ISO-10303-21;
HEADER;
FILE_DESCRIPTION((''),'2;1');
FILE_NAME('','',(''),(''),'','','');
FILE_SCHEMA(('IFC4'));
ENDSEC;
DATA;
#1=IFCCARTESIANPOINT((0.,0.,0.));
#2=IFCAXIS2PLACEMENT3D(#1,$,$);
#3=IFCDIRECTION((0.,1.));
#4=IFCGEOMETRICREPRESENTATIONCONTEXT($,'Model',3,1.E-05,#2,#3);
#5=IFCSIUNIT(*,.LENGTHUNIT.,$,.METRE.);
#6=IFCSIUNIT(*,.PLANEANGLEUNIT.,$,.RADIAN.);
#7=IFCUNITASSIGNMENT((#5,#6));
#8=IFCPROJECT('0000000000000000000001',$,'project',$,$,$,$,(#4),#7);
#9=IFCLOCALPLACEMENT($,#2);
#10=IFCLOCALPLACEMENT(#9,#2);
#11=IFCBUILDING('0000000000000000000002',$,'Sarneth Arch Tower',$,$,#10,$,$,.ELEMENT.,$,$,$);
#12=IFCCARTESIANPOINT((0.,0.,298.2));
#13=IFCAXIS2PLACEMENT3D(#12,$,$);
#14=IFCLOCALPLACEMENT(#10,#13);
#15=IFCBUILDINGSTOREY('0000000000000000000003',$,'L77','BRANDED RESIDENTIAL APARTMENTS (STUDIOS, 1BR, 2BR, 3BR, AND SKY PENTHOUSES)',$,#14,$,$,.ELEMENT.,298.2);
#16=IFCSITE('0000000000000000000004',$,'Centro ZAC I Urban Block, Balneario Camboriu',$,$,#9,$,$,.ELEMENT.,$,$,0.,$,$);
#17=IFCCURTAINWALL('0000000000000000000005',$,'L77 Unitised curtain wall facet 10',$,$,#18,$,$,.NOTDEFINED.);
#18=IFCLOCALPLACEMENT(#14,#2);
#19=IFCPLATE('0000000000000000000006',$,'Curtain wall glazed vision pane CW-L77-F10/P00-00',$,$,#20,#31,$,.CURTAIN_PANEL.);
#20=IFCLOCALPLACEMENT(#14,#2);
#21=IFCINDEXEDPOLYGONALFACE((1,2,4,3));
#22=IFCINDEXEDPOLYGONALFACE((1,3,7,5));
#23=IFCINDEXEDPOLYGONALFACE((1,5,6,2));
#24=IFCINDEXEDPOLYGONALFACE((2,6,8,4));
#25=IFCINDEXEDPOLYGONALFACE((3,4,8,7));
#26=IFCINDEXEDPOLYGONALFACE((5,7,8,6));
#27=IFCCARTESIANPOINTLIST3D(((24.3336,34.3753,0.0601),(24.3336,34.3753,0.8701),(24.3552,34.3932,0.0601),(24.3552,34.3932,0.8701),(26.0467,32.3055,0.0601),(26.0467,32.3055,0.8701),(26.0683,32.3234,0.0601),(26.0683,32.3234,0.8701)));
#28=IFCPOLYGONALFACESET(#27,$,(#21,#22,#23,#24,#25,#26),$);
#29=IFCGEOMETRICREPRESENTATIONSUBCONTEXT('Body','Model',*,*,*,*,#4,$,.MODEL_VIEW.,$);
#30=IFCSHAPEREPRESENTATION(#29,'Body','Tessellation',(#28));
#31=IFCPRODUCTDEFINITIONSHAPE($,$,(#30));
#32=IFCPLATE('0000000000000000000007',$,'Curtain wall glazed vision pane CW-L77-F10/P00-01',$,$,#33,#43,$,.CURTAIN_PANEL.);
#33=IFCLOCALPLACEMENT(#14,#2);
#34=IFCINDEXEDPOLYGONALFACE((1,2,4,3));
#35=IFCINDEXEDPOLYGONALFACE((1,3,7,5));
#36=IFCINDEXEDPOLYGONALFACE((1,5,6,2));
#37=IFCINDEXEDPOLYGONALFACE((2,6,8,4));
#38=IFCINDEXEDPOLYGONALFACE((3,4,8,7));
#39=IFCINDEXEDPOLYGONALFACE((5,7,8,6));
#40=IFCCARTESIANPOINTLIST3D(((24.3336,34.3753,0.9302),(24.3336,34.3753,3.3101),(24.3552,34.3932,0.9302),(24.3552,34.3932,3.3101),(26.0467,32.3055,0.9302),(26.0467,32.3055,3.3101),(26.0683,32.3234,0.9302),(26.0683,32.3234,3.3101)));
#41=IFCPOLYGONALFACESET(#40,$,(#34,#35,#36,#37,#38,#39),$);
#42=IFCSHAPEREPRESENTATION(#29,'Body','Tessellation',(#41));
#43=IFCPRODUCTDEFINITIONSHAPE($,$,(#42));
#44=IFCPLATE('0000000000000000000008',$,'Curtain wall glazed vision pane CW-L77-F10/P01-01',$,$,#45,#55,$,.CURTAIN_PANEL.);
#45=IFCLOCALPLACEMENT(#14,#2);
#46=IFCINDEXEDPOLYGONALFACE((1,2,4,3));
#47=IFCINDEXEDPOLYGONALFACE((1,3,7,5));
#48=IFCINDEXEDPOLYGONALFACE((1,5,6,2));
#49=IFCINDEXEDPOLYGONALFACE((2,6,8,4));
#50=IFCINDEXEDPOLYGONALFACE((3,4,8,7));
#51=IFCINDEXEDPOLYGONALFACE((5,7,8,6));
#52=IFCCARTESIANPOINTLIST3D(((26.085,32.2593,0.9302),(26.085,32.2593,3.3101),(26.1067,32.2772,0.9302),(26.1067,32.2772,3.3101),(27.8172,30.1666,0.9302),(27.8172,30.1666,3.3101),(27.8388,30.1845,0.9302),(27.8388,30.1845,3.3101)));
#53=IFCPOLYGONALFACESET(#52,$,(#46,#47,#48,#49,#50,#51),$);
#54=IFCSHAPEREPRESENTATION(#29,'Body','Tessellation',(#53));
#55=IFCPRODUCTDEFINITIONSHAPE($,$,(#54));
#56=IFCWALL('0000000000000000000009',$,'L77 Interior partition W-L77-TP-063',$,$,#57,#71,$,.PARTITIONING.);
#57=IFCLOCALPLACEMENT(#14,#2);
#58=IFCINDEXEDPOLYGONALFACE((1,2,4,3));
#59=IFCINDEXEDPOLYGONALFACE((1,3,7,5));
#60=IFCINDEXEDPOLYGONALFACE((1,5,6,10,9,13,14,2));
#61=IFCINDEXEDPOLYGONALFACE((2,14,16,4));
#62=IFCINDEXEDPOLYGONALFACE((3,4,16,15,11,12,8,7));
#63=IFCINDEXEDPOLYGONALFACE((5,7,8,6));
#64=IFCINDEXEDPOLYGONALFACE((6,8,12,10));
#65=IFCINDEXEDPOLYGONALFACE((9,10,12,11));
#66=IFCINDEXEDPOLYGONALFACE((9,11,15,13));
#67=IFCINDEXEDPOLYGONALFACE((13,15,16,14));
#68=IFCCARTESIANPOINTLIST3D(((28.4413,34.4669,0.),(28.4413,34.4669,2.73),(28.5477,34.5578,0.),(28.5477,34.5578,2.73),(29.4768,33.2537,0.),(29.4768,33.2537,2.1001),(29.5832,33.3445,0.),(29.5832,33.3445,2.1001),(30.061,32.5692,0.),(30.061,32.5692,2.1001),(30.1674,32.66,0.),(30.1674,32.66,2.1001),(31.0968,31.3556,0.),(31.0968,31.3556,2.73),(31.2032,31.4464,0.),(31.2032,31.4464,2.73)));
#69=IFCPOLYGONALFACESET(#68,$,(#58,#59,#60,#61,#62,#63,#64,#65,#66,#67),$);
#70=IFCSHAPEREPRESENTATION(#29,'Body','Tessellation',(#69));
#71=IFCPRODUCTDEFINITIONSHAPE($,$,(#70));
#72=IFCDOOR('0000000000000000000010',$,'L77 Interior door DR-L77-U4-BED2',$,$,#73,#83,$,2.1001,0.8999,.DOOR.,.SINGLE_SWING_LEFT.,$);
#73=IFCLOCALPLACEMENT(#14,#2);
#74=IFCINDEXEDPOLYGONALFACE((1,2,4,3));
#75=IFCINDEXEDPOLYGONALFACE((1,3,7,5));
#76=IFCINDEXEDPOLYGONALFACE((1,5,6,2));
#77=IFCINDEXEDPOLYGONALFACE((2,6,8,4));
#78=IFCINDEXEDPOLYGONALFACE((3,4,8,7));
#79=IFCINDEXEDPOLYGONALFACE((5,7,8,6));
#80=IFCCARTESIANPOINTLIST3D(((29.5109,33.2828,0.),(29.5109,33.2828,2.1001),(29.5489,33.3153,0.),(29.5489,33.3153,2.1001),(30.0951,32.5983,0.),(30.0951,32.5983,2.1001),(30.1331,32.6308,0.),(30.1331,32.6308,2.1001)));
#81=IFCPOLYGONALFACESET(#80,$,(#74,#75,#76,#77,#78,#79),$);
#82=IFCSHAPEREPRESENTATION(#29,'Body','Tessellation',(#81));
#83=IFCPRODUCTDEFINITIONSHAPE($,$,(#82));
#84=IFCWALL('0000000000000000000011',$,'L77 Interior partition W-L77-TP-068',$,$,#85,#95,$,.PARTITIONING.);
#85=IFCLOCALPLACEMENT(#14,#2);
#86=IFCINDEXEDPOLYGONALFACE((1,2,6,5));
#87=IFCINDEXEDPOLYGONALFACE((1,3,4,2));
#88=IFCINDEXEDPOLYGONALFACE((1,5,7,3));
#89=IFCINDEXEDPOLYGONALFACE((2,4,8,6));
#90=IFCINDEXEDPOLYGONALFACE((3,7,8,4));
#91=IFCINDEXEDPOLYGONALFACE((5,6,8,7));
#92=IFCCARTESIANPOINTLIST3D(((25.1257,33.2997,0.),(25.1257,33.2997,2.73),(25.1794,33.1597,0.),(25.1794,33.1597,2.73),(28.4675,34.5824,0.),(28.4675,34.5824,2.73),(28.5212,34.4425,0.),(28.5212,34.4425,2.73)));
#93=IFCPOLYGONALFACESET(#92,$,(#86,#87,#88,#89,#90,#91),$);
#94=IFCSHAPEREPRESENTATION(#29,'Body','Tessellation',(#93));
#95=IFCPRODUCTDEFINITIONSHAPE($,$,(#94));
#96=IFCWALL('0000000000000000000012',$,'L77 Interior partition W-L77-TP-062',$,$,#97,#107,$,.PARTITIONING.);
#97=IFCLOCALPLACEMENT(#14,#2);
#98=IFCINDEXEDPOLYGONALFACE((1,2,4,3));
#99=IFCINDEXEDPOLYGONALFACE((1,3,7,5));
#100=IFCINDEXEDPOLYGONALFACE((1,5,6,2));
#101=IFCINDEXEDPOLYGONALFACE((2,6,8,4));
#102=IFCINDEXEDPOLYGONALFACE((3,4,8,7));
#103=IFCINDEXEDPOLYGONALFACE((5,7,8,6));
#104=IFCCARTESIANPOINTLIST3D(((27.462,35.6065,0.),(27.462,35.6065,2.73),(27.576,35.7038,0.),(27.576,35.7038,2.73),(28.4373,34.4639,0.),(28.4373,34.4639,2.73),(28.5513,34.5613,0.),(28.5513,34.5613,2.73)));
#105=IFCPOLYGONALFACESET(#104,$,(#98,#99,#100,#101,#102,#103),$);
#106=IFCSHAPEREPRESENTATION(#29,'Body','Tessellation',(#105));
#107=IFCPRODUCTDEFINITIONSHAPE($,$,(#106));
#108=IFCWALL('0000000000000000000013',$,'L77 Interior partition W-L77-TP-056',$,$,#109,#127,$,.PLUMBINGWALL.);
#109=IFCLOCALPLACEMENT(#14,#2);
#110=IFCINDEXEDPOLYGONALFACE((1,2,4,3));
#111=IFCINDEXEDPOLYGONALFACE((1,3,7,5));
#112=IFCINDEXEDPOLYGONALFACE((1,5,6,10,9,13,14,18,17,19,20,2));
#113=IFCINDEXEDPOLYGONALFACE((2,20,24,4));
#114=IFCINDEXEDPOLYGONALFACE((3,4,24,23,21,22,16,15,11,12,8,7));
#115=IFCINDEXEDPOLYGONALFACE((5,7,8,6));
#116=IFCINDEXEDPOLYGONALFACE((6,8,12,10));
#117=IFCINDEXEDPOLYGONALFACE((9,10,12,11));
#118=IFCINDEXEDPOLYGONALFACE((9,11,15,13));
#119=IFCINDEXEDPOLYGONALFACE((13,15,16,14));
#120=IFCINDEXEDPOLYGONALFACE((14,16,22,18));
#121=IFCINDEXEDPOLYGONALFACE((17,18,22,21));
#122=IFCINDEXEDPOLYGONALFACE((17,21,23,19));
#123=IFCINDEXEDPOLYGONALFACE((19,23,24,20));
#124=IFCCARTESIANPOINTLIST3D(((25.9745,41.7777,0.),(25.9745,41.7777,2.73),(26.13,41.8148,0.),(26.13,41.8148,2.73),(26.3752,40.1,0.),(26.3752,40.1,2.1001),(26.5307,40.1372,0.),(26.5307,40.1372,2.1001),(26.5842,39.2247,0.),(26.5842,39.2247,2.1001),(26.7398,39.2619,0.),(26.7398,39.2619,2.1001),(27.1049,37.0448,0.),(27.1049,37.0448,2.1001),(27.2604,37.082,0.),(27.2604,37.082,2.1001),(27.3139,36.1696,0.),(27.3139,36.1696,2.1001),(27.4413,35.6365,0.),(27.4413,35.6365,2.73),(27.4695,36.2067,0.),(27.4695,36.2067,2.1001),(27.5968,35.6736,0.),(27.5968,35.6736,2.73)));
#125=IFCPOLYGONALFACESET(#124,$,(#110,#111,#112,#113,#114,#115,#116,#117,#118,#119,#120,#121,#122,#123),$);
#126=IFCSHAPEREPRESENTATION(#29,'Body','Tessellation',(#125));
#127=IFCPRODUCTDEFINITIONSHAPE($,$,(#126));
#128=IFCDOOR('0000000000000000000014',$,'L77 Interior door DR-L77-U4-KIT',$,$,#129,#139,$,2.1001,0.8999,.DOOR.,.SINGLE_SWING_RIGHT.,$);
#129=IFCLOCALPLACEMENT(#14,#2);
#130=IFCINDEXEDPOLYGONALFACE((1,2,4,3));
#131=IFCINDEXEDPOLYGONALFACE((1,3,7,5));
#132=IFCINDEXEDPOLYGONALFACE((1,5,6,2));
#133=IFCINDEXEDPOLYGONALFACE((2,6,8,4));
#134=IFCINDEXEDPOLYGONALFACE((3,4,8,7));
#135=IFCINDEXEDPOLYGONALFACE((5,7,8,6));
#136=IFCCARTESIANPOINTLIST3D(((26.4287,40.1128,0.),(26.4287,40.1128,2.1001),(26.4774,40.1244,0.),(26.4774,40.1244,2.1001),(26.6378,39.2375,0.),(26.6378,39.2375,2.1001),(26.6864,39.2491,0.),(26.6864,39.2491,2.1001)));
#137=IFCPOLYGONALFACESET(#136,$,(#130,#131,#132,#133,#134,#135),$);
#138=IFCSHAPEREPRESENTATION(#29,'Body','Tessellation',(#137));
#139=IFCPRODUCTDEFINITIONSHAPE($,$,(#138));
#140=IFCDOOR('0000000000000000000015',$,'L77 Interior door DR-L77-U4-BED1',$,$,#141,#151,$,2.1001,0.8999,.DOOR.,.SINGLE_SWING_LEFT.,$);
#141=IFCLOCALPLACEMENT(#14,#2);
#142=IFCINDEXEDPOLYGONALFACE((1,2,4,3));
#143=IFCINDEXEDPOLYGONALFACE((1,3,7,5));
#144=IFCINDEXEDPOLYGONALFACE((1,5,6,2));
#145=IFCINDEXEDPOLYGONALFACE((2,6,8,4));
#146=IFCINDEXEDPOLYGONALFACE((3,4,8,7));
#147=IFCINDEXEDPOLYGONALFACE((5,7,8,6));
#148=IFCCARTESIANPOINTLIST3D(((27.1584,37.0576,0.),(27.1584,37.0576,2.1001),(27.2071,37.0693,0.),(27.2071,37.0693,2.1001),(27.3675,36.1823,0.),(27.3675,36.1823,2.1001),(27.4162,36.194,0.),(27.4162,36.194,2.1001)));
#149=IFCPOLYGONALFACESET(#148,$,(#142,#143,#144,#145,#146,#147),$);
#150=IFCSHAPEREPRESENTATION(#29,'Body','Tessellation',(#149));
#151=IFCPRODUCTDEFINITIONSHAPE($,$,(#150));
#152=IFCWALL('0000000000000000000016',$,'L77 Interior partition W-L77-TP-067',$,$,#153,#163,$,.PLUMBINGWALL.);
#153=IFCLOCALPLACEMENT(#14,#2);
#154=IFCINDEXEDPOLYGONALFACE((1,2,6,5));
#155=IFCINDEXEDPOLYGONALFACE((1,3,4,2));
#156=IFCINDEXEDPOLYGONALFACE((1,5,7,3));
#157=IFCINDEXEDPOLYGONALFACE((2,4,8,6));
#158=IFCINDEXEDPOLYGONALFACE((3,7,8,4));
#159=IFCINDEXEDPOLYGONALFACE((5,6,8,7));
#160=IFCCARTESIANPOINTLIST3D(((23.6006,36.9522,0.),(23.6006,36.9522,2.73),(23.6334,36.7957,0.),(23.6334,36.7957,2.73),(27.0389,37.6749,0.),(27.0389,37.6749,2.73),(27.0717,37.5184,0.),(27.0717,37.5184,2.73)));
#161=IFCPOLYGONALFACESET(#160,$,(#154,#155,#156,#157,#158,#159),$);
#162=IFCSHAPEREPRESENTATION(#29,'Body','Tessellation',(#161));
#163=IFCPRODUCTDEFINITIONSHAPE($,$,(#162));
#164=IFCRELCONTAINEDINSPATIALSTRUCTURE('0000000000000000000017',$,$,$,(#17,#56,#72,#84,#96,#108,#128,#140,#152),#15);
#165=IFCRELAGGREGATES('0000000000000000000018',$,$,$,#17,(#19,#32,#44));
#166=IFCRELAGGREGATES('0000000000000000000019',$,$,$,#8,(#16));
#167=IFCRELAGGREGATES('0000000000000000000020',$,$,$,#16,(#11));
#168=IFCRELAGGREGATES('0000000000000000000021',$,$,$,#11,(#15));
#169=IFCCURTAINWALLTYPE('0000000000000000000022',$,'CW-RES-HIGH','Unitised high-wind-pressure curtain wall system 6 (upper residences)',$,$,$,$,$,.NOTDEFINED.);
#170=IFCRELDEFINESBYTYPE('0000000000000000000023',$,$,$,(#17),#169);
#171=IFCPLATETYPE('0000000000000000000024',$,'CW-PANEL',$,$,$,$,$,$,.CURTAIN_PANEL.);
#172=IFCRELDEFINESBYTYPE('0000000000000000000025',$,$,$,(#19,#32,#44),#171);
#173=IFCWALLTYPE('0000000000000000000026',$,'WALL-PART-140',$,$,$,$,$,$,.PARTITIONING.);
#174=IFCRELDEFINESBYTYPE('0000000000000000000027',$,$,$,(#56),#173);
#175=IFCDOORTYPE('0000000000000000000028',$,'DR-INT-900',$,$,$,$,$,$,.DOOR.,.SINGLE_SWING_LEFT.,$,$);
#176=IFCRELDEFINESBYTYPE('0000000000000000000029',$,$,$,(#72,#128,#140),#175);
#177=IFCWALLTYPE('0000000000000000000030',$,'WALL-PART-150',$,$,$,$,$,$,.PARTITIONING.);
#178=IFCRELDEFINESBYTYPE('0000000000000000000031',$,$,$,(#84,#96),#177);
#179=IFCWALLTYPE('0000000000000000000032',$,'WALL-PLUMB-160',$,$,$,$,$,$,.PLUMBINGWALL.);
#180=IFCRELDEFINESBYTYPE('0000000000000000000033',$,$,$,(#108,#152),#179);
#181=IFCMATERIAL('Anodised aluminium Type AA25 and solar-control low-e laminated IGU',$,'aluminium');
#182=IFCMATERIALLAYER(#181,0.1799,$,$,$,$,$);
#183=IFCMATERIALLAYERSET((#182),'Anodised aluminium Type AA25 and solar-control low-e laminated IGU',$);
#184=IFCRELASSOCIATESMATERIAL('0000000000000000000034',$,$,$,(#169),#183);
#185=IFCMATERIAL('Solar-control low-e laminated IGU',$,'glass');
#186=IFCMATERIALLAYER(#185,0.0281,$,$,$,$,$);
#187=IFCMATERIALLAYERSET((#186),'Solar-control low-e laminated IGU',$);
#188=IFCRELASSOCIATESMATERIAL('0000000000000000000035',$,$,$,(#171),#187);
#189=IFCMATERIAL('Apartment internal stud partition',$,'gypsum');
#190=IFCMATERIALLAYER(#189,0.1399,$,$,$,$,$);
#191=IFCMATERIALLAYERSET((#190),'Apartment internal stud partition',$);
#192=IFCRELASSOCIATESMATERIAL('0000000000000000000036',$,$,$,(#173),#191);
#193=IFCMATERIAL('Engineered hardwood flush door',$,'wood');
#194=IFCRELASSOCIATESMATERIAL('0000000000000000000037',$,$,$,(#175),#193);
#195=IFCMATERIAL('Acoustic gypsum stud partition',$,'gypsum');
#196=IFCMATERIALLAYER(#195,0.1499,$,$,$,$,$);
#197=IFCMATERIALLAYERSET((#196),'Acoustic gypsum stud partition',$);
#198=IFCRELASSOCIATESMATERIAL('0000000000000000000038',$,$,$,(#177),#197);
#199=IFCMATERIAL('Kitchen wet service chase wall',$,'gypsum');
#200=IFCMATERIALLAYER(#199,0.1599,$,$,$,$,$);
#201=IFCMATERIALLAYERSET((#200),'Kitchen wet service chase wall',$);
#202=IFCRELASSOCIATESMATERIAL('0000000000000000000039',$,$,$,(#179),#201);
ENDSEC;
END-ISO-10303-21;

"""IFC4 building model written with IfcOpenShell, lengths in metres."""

from ifc_helpers import new_model, si_unit, direction, frame, frame_2d, origin, origin_2d, place, context, subcontext, project, spatial, rectangle, extrude, material, layer, layer_set, type_object, element, fill, aggregate, save


model = new_model("IFC4")

# Units and contexts
model_context = context("Model", 3, precision=1e-05, world=origin(), true_north=direction((0.0, 1.0)))
body_context = subcontext(model_context, "Body", "Model", "MODEL_VIEW")
ifc_project = project(units=[si_unit("LENGTHUNIT", "METRE"), si_unit("PLANEANGLEUNIT", "RADIAN")], contexts=[model_context])

# Site, building, storey
site_placement = place(None, origin())
site = spatial("IfcSite", under=ifc_project, at=site_placement, Name="Centro ZAC I Urban Block, Balneario Camboriu", CompositionType="ELEMENT", RefElevation=0.0)
building_placement = place(site_placement, origin())
building = spatial("IfcBuilding", under=site, at=building_placement, Name="Sarneth Arch Tower", CompositionType="ELEMENT")
storey_placement = place(building_placement, frame((0.0, 0.0, 298.2)))
storey = spatial("IfcBuildingStorey", under=building, at=storey_placement, Name="L77", Description="BRANDED RESIDENTIAL APARTMENTS (STUDIOS, 1BR, 2BR, 3BR, AND SKY PENTHOUSES)", CompositionType="ELEMENT", Elevation=298.2)

# Curtain wall, plates
ifc_material_1 = material(Name="Anodised aluminium Type AA25 and solar-control low-e laminated IGU", Category="aluminium")
ifc_layer_1 = layer(ifc_material_1, 0.1799)
ifc_layer_set_1 = layer_set([ifc_layer_1], Name="Anodised aluminium Type AA25 and solar-control low-e laminated IGU")
curtain_wall_type = type_object("IfcCurtainWallType", Name="CW-RES-HIGH", Description="Unitised high-wind-pressure curtain wall system 6 (upper residences)", PredefinedType="NOTDEFINED", material=ifc_layer_set_1)
curtain_wall_placement = place(storey_placement, origin())
curtain_wall = element("IfcCurtainWall", 1, at=curtain_wall_placement, inside=storey, type_object=curtain_wall_type, Name="L77 Unitised curtain wall facet 10", PredefinedType="NOTDEFINED")
ifc_material_2 = material(Name="Solar-control low-e laminated IGU", Category="glass")
ifc_layer_2 = layer(ifc_material_2, 0.0281)
ifc_layer_set_2 = layer_set([ifc_layer_2], Name="Solar-control low-e laminated IGU")
plate_type = type_object("IfcPlateType", Name="CW-PANEL", PredefinedType="CURTAIN_PANEL", material=ifc_layer_set_2)
plate_1_placement = place(storey_placement, frame((25.2009, 33.3494, 0.0601), z_axis=(0.0, 0.0, 1.0), x_axis=(0.63761, -0.770359, 0.0)))
plate_1 = element("IfcPlate", 2, at=plate_1_placement, type_object=plate_type, Name="Curtain wall glazed vision pane CW-L77-F10/P00-00", PredefinedType="CURTAIN_PANEL", context=body_context, shape_type="SweptSolid", body=[
    extrude(rectangle(XDim=2.6868, YDim=0.0281, at=origin_2d()), origin(), (0.0, 0.0, 1.0), 0.8101),
])
plate_2_placement = place(storey_placement, frame((25.2009, 33.3494, 0.9302), z_axis=(0.0, 0.0, 1.0), x_axis=(0.63761, -0.770359, 0.0)))
plate_2 = element("IfcPlate", 3, at=plate_2_placement, type_object=plate_type, Name="Curtain wall glazed vision pane CW-L77-F10/P00-01", PredefinedType="CURTAIN_PANEL", context=body_context, shape_type="SweptSolid", body=[
    extrude(rectangle(XDim=2.6868, YDim=0.0281, at=origin_2d()), origin(), (0.0, 0.0, 1.0), 2.3799),
])
plate_3_placement = place(storey_placement, frame((26.9619, 31.2219, 0.9302), z_axis=(0.0, 0.0, 1.0), x_axis=(0.63761, -0.770359, 0.0)))
plate_3 = element("IfcPlate", 4, at=plate_3_placement, type_object=plate_type, Name="Curtain wall glazed vision pane CW-L77-F10/P01-01", PredefinedType="CURTAIN_PANEL", context=body_context, shape_type="SweptSolid", body=[
    extrude(rectangle(XDim=2.7166, YDim=0.0281, at=origin_2d()), origin(), (0.0, 0.0, 1.0), 2.3799),
])
aggregate(curtain_wall, [plate_1, plate_2, plate_3])

# Wall, opening, door
ifc_material_3 = material(Name="Apartment internal stud partition", Category="gypsum")
ifc_layer_3 = layer(ifc_material_3, 0.1399)
ifc_layer_set_3 = layer_set([ifc_layer_3], Name="Apartment internal stud partition")
wall_type_1 = type_object("IfcWallType", Name="WALL-PART-140", PredefinedType="PARTITIONING", material=ifc_layer_set_3)
wall_1_placement = place(storey_placement, frame((28.4944, 34.5125, 0.0), z_axis=(0.0, 0.0, 1.0), x_axis=(0.649192, -0.760624, 0.0)))
wall_1 = element("IfcWall", 5, at=wall_1_placement, inside=storey, type_object=wall_type_1, Name="L77 Interior partition W-L77-TP-063", PredefinedType="PARTITIONING", context=body_context, shape_type="SweptSolid", body=[
    extrude(rectangle(XDim=4.0906, YDim=0.1399, at=frame_2d((2.0454, 0.0))), origin(), (0.0, 0.0, 1.0), 2.73),
])
opening_1_placement = place(wall_1_placement, frame((1.5952, 0.0, 0.0)))
opening_1 = element("IfcOpeningElement", 6, at=opening_1_placement, cuts=wall_1, PredefinedType="OPENING", context=body_context, shape_type="SweptSolid", body=[
    extrude(rectangle(XDim=0.8999, YDim=2.1001, at=frame_2d((0.45, 1.05))), frame((0.0, 0.0798, 0.0), z_axis=(0.0, -1.0, 0.0), x_axis=(1.0, 0.0, 0.0)), (0.0, 0.0, 1.0), 0.1599),
])
ifc_material_4 = material(Name="Engineered hardwood flush door", Category="wood")
door_type = type_object("IfcDoorType", Name="DR-INT-900", OperationType="SINGLE_SWING_LEFT", PredefinedType="DOOR", material=ifc_material_4)
door_1_placement = place(opening_1_placement, origin())
door_1 = element("IfcDoor", 7, at=door_1_placement, inside=storey, type_object=door_type, Name="L77 Interior door DR-L77-U4-BED2", OperationType="SINGLE_SWING_LEFT", OverallHeight=2.1001, OverallWidth=0.8999, PredefinedType="DOOR", context=body_context, shape_type="SweptSolid", body=[
    extrude(rectangle(XDim=0.8999, YDim=2.1001, at=frame_2d((0.45, 1.05))), frame((0.0, 0.0249, 0.0), z_axis=(0.0, -1.0, 0.0), x_axis=(1.0, 0.0, 0.0)), (0.0, 0.0, 1.0), 0.05),
])
fill(opening_1, door_1)

# Walls
ifc_material_5 = material(Name="Acoustic gypsum stud partition", Category="gypsum")
ifc_layer_4 = layer(ifc_material_5, 0.1499)
ifc_layer_set_4 = layer_set([ifc_layer_4], Name="Acoustic gypsum stud partition")
wall_type_2 = type_object("IfcWallType", Name="WALL-PART-150", PredefinedType="PARTITIONING", material=ifc_layer_set_4)
wall_2_placement = place(storey_placement, frame((28.4944, 34.5125, 0.0), z_axis=(0.0, 0.0, 1.0), x_axis=(-0.933588, -0.358348, 0.0)))
element("IfcWall", 8, at=wall_2_placement, inside=storey, type_object=wall_type_2, Name="L77 Interior partition W-L77-TP-068", PredefinedType="PARTITIONING", context=body_context, shape_type="SweptSolid", body=[
    extrude(rectangle(XDim=3.5796, YDim=0.1499, at=frame_2d((1.7898, 0.0))), origin(), (0.0, 0.0, 1.0), 2.73),
])
wall_3_placement = place(storey_placement, frame((27.519, 35.655, 0.0), z_axis=(0.0, 0.0, 1.0), x_axis=(0.649251, -0.760574, 0.0)))
element("IfcWall", 9, at=wall_3_placement, inside=storey, type_object=wall_type_2, Name="L77 Interior partition W-L77-TP-062", PredefinedType="PARTITIONING", context=body_context, shape_type="SweptSolid", body=[
    extrude(rectangle(XDim=1.5022, YDim=0.1499, at=frame_2d((0.751, 0.0))), origin(), (0.0, 0.0, 1.0), 2.73),
])

# Wall, openings, doors
ifc_material_6 = material(Name="Kitchen wet service chase wall", Category="gypsum")
ifc_layer_5 = layer(ifc_material_6, 0.1599)
ifc_layer_set_5 = layer_set([ifc_layer_5], Name="Kitchen wet service chase wall")
wall_type_3 = type_object("IfcWallType", Name="WALL-PLUMB-160", PredefinedType="PLUMBINGWALL", material=ifc_layer_set_5)
wall_4_placement = place(storey_placement, frame((27.519, 35.655, 0.0), z_axis=(0.0, 0.0, 1.0), x_axis=(-0.232314, 0.972641, 0.0)))
wall_4 = element("IfcWall", 10, at=wall_4_placement, inside=storey, type_object=wall_type_3, Name="L77 Interior partition W-L77-TP-056", PredefinedType="PLUMBINGWALL", context=body_context, shape_type="SweptSolid", body=[
    extrude(rectangle(XDim=6.314, YDim=0.1599, at=frame_2d((3.157, 0.0))), origin(), (0.0, 0.0, 1.0), 2.73),
])
opening_2_placement = place(wall_4_placement, frame((3.6892, 0.0, 0.0)))
opening_2 = element("IfcOpeningElement", 11, at=opening_2_placement, cuts=wall_4, PredefinedType="OPENING", context=body_context, shape_type="SweptSolid", body=[
    extrude(rectangle(XDim=0.8999, YDim=2.1001, at=frame_2d((0.45, 1.05))), frame((0.0, 0.0898, 0.0), z_axis=(0.0, -1.0, 0.0), x_axis=(1.0, 0.0, 0.0)), (0.0, 0.0, 1.0), 0.1799),
])
opening_3_placement = place(wall_4_placement, frame((0.5481, 0.0, 0.0)))
opening_3 = element("IfcOpeningElement", 12, at=opening_3_placement, cuts=wall_4, PredefinedType="OPENING", context=body_context, shape_type="SweptSolid", body=[
    extrude(rectangle(XDim=0.8999, YDim=2.1001, at=frame_2d((0.45, 1.05))), frame((0.0, 0.0898, 0.0), z_axis=(0.0, -1.0, 0.0), x_axis=(1.0, 0.0, 0.0)), (0.0, 0.0, 1.0), 0.1799),
])
door_2_placement = place(opening_2_placement, origin())
door_2 = element("IfcDoor", 13, at=door_2_placement, inside=storey, type_object=door_type, Name="L77 Interior door DR-L77-U4-KIT", OperationType="SINGLE_SWING_RIGHT", OverallHeight=2.1001, OverallWidth=0.8999, PredefinedType="DOOR", context=body_context, shape_type="SweptSolid", body=[
    extrude(rectangle(XDim=0.8999, YDim=2.1001, at=frame_2d((0.45, 1.05))), frame((0.0, 0.0249, 0.0), z_axis=(0.0, -1.0, 0.0), x_axis=(1.0, 0.0, 0.0)), (0.0, 0.0, 1.0), 0.05),
])
fill(opening_2, door_2)
door_3_placement = place(opening_3_placement, origin())
door_3 = element("IfcDoor", 14, at=door_3_placement, inside=storey, type_object=door_type, Name="L77 Interior door DR-L77-U4-BED1", OperationType="SINGLE_SWING_LEFT", OverallHeight=2.1001, OverallWidth=0.8999, PredefinedType="DOOR", context=body_context, shape_type="SweptSolid", body=[
    extrude(rectangle(XDim=0.8999, YDim=2.1001, at=frame_2d((0.45, 1.05))), frame((0.0, 0.0249, 0.0), z_axis=(0.0, -1.0, 0.0), x_axis=(1.0, 0.0, 0.0)), (0.0, 0.0, 1.0), 0.05),
])
fill(opening_3, door_3)

# Wall
wall_5_placement = place(storey_placement, frame((27.0554, 37.5967, 0.0), z_axis=(0.0, 0.0, 1.0), x_axis=(-0.978618, -0.205688, 0.0)))
element("IfcWall", 15, at=wall_5_placement, inside=storey, type_object=wall_type_3, Name="L77 Interior partition W-L77-TP-067", PredefinedType="PLUMBINGWALL", context=body_context, shape_type="SweptSolid", body=[
    extrude(rectangle(XDim=3.5134, YDim=0.1599, at=frame_2d((1.7568, 0.0))), origin(), (0.0, 0.0, 1.0), 2.73),
])

save(model, "model.ifc")
